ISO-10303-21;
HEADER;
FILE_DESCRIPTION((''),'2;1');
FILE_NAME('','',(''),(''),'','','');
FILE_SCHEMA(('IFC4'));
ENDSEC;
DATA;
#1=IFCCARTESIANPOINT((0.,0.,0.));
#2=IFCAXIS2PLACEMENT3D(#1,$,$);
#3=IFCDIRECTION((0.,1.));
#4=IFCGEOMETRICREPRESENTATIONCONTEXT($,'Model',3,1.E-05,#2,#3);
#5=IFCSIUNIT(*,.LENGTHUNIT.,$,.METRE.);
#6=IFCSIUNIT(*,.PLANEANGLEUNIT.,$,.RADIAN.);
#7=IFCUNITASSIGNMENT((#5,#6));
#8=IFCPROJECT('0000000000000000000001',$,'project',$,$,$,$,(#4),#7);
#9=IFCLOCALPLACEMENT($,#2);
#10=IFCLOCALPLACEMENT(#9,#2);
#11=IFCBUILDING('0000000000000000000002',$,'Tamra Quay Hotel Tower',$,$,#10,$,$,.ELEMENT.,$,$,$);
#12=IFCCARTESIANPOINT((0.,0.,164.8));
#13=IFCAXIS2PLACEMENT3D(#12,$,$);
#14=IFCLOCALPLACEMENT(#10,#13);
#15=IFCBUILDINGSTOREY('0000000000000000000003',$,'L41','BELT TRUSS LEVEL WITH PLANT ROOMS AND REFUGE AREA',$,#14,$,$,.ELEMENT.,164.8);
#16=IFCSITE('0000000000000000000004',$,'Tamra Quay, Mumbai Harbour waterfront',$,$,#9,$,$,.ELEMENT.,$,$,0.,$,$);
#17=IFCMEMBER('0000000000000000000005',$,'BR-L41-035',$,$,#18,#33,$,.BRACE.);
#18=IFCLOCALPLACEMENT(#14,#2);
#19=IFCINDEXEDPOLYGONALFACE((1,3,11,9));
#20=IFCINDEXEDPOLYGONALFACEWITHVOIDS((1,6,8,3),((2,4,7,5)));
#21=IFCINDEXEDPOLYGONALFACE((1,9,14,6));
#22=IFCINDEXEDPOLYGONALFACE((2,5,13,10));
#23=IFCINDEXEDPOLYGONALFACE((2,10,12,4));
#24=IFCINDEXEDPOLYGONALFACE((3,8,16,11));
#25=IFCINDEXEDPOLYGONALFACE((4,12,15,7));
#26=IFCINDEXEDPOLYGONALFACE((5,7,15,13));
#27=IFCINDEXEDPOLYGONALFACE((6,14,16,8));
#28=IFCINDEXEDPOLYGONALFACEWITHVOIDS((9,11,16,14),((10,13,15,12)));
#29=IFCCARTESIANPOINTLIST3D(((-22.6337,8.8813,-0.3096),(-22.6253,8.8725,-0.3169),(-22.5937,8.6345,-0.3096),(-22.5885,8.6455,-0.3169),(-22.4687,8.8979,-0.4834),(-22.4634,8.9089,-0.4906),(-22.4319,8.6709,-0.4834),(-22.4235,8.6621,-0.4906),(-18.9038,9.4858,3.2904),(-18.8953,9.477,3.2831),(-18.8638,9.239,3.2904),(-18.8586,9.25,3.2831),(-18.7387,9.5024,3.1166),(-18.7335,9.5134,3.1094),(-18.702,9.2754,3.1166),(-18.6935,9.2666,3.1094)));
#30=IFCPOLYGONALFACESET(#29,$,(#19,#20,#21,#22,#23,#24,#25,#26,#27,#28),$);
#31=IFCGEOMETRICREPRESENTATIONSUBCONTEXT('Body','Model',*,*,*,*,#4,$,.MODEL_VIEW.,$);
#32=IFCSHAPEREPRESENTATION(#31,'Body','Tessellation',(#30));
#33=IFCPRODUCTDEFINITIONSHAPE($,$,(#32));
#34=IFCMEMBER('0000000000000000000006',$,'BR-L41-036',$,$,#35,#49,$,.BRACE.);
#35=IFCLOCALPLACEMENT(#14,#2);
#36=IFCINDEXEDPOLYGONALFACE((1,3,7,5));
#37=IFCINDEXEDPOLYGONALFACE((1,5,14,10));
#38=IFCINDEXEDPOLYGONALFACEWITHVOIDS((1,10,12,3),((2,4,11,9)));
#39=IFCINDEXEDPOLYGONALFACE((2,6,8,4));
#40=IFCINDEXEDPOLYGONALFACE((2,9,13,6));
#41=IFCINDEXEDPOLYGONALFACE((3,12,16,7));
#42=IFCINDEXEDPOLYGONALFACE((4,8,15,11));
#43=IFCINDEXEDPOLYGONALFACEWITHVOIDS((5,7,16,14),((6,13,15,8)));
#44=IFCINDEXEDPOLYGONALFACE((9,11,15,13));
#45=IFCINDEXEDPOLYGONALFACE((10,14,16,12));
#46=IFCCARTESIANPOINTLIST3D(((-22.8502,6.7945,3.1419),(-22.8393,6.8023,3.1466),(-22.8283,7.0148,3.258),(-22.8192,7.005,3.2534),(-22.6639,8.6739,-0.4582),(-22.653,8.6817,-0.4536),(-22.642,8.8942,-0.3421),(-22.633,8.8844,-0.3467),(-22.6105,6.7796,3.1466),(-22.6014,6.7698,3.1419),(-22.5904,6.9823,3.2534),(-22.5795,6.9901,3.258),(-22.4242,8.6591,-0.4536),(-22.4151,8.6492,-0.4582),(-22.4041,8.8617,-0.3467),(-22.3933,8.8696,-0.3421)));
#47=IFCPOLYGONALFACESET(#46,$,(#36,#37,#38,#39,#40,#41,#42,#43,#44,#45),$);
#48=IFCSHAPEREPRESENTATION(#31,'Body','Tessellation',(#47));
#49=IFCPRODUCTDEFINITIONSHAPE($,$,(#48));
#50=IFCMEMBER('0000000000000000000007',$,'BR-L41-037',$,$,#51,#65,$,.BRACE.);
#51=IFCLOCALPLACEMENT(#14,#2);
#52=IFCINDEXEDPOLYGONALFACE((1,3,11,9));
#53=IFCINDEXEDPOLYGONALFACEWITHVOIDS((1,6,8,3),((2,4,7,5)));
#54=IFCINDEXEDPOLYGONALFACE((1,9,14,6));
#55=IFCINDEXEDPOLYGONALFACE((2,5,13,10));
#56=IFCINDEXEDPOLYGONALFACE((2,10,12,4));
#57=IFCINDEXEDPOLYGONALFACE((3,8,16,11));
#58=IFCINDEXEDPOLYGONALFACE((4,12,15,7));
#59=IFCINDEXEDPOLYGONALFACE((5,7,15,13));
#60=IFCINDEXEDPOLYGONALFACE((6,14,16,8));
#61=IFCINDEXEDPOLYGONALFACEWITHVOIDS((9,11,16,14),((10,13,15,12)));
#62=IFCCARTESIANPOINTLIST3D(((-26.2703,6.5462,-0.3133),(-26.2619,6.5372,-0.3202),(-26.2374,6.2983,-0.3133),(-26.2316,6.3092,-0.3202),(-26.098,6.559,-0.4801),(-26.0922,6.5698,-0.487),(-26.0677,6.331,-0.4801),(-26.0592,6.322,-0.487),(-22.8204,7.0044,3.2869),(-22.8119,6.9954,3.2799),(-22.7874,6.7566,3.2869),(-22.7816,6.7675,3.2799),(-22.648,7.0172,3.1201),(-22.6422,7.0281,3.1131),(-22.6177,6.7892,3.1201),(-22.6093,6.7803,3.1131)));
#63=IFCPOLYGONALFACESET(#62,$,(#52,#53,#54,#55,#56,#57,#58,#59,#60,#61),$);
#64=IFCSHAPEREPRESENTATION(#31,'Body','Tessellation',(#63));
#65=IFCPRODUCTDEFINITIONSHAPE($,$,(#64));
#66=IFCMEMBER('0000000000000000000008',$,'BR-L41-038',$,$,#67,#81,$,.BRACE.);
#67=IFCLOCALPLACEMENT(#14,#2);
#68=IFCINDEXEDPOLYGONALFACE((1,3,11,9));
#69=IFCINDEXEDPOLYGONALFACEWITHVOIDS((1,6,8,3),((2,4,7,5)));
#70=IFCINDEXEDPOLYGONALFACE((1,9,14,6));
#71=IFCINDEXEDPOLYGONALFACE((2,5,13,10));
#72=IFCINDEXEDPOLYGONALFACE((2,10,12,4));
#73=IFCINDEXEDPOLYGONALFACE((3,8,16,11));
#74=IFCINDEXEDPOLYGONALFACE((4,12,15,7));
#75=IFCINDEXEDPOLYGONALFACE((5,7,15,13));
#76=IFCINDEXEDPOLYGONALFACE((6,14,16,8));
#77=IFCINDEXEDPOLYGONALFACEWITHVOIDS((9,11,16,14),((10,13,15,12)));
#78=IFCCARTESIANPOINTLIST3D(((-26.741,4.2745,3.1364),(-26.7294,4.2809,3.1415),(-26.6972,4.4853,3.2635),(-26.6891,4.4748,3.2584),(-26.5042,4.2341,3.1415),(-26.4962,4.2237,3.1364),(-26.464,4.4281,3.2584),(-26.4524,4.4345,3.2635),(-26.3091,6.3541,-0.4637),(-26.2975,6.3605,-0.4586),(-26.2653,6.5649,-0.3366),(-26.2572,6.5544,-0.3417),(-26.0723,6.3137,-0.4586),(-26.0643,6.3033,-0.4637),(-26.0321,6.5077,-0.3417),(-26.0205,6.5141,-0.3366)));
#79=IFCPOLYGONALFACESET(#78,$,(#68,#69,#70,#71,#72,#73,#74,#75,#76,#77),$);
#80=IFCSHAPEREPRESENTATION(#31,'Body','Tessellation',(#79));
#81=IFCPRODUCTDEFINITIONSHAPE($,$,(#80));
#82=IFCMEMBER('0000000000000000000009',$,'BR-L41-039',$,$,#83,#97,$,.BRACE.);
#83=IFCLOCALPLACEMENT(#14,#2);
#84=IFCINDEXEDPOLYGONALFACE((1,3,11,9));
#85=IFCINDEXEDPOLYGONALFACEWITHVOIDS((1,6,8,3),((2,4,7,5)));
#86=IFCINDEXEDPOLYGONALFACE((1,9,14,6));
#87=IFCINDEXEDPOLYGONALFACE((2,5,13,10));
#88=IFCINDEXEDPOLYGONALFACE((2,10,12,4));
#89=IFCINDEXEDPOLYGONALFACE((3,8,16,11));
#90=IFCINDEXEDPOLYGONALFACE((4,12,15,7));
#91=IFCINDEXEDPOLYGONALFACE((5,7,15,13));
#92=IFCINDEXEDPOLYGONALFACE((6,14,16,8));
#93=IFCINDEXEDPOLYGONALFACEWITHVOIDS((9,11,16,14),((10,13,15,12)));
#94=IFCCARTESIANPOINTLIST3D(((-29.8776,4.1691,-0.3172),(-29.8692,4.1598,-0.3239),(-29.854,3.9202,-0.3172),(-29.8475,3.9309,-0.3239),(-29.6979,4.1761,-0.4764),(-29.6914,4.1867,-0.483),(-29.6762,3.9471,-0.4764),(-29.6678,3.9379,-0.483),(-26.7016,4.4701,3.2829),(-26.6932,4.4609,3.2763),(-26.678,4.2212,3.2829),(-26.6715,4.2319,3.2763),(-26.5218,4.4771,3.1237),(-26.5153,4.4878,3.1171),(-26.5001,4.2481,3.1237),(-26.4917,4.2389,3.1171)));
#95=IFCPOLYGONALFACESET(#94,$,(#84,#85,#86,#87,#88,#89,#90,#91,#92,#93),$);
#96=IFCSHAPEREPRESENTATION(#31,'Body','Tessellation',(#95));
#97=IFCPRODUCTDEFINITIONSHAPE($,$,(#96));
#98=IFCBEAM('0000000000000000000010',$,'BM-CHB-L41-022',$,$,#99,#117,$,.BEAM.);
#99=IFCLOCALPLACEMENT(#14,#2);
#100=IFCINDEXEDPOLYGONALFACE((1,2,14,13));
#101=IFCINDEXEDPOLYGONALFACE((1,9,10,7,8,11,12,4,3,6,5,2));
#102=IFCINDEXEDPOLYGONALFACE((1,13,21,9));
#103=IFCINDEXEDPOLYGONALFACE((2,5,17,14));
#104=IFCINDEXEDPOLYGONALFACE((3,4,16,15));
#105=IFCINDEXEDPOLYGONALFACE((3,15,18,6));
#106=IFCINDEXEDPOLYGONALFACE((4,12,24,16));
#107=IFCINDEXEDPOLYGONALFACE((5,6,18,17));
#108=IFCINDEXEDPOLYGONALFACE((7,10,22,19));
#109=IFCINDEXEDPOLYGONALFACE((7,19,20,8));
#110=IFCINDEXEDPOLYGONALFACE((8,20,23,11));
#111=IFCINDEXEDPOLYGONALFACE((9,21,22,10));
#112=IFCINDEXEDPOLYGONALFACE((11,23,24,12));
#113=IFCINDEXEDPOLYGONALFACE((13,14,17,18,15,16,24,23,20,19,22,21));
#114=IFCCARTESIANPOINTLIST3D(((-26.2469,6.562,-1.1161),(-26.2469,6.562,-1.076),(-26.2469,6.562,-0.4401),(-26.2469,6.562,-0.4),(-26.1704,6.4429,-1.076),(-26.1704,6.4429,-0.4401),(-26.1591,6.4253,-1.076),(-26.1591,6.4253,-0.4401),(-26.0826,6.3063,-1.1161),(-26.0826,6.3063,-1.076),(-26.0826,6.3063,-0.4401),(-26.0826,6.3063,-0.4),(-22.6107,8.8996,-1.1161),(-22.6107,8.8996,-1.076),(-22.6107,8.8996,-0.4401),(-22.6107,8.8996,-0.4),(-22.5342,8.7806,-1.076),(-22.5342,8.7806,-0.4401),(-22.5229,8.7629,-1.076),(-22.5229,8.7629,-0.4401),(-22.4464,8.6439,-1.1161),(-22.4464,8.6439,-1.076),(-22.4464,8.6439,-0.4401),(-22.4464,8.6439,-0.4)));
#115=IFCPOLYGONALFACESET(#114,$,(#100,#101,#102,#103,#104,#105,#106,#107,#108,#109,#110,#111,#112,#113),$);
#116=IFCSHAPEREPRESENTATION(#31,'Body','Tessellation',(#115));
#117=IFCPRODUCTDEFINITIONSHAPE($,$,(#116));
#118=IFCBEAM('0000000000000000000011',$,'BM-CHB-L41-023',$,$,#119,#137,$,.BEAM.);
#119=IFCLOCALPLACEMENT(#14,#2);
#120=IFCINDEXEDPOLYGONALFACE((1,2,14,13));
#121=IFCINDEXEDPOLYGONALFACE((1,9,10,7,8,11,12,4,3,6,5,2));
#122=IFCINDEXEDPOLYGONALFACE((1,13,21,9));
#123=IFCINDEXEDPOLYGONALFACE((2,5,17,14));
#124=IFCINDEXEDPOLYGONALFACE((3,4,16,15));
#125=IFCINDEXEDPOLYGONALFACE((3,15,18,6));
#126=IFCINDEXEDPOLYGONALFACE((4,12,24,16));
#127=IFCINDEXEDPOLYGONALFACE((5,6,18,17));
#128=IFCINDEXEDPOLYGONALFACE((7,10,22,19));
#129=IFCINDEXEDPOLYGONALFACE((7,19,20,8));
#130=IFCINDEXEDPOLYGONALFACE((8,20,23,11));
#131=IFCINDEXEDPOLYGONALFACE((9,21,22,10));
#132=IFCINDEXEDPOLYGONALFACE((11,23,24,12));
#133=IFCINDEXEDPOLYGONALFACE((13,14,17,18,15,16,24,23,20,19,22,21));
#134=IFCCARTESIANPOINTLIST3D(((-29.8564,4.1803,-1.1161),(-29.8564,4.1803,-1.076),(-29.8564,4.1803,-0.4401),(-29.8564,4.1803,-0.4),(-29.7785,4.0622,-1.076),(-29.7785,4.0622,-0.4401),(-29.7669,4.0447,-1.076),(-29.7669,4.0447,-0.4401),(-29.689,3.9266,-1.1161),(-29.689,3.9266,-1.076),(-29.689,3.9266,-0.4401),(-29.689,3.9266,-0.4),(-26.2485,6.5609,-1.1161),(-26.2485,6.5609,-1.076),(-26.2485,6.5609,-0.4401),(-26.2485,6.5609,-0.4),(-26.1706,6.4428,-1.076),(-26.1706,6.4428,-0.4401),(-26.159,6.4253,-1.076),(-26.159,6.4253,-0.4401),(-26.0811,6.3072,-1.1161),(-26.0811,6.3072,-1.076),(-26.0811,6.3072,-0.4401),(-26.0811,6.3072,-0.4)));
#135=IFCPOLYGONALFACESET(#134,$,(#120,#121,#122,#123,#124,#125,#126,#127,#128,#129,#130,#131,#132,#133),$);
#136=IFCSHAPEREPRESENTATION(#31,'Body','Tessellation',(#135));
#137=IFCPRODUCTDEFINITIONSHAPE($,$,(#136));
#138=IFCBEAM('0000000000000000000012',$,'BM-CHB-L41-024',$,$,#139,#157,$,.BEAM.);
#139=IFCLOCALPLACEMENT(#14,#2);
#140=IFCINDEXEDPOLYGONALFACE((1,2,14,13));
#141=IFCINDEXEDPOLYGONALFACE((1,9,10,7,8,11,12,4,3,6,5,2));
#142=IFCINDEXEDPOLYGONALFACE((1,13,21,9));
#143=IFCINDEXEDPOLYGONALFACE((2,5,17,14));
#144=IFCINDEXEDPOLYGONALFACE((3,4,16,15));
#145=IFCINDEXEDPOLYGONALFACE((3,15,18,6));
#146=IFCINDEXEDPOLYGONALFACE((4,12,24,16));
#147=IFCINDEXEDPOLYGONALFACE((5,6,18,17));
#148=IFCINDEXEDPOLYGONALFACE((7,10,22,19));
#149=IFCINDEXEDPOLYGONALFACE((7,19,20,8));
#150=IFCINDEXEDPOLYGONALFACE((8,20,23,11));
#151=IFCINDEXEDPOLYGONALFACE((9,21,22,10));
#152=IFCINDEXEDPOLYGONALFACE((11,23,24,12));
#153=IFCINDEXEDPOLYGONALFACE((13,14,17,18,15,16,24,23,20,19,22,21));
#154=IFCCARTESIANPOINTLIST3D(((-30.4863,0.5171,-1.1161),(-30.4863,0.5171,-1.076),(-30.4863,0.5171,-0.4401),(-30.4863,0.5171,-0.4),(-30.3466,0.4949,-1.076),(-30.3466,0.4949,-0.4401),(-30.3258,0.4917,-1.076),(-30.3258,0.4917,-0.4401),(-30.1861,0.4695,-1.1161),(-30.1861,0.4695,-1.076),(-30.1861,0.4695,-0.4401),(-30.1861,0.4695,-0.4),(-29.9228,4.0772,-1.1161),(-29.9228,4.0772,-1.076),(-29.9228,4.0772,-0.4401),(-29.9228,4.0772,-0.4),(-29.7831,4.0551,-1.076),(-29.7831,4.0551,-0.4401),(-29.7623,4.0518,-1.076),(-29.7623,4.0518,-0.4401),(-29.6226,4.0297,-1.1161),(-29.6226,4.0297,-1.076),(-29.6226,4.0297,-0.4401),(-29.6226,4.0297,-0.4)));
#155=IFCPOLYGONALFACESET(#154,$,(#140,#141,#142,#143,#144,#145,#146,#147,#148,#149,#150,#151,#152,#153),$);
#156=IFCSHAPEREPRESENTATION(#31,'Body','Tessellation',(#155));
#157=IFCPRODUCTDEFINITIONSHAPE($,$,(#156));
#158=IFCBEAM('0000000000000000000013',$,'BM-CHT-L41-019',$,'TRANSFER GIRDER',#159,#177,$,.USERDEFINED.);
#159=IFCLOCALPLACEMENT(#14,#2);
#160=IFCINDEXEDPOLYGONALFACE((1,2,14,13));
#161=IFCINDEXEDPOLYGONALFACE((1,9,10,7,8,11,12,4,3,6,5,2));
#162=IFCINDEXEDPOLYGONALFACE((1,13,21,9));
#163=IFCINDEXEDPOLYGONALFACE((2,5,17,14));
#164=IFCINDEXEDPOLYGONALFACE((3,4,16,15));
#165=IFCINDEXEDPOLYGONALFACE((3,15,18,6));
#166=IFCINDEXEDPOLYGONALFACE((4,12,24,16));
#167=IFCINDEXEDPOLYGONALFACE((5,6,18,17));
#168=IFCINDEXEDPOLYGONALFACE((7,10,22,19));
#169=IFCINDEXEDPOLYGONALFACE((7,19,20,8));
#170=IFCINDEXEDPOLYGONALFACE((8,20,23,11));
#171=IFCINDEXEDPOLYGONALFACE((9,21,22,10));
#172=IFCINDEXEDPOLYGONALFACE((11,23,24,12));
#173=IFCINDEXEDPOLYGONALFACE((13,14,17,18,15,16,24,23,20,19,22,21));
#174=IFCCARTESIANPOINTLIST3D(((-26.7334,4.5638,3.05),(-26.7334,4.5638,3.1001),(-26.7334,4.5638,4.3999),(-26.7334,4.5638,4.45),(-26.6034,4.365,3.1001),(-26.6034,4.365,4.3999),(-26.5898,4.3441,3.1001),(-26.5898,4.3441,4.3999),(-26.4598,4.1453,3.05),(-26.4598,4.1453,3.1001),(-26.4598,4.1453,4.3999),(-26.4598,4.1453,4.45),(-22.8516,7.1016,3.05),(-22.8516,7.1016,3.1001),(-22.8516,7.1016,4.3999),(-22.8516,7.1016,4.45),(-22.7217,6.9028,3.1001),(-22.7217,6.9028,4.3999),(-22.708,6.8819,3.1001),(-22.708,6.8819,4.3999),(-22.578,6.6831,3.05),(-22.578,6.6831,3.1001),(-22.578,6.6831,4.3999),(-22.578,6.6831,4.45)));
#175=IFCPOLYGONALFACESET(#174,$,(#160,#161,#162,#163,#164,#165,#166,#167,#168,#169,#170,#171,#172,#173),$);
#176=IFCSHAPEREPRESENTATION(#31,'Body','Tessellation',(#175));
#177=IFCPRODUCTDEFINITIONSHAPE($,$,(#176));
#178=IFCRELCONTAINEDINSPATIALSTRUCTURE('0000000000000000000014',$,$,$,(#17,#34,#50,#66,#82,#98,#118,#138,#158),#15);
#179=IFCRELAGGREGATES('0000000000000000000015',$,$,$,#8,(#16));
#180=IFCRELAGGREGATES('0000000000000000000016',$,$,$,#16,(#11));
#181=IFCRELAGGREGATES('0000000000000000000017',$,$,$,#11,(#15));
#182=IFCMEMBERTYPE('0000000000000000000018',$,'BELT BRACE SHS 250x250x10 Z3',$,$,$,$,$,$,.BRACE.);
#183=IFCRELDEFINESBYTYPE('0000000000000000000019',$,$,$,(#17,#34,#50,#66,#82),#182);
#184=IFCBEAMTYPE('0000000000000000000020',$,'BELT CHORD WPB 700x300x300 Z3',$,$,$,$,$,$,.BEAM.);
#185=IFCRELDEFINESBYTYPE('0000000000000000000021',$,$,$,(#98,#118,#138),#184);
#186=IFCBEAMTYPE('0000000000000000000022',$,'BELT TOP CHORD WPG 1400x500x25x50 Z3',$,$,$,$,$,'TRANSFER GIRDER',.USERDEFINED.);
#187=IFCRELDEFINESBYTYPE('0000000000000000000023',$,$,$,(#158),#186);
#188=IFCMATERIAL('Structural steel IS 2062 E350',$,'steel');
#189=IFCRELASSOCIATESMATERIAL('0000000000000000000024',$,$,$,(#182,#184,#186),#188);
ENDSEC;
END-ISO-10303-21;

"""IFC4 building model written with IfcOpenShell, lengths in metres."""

from ifc_helpers import new_model, si_unit, direction, frame, origin, origin_2d, place, context, subcontext, project, spatial, hollow_rectangle, i_section, extrude, material, material_profile, profile_set, type_object, element, save


model = new_model("IFC4")

# Units and contexts
model_context = context("Model", 3, precision=1e-05, world=origin(), true_north=direction((0.0, 1.0)))
body_context = subcontext(model_context, "Body", "Model", "MODEL_VIEW")
ifc_project = project(units=[si_unit("LENGTHUNIT", "METRE"), si_unit("PLANEANGLEUNIT", "RADIAN")], contexts=[model_context])

# Site, building, storey
site_placement = place(None, origin())
site = spatial("IfcSite", under=ifc_project, at=site_placement, Name="Tamra Quay, Mumbai Harbour waterfront", CompositionType="ELEMENT", RefElevation=0.0)
building_placement = place(site_placement, origin())
building = spatial("IfcBuilding", under=site, at=building_placement, Name="Tamra Quay Hotel Tower", CompositionType="ELEMENT")
storey_placement = place(building_placement, frame((0.0, 0.0, 164.8)))
storey = spatial("IfcBuildingStorey", under=building, at=storey_placement, Name="L41", Description="BELT TRUSS LEVEL WITH PLANT ROOMS AND REFUGE AREA", CompositionType="ELEMENT", Elevation=164.8)

# Members
ifc_material_1 = material(Name="Structural steel IS 2062 E350", Category="steel")
ifc_material_profile_1 = material_profile(ifc_material_1, hollow_rectangle(XDim=0.25, YDim=0.25, WallThickness=0.01, at=origin_2d()), Name="SHS 250x250x10")
ifc_profile_set_1 = profile_set([ifc_material_profile_1], Name="Structural steel IS 2062 E350")
member_type = type_object("IfcMemberType", Name="BELT BRACE SHS 250x250x10 Z3", PredefinedType="BRACE", material=ifc_profile_set_1)
member_1_placement = place(storey_placement, frame((-22.5286, 8.7717, -0.4001), z_axis=(0.714681, 0.115823, 0.689795), x_axis=(-0.159976, 0.987121, 0.0)))
element("IfcMember", 1, at=member_1_placement, inside=storey, type_object=member_type, Name="BR-L41-035", PredefinedType="BRACE", context=body_context, shape_type="SweptSolid", body=[
    extrude(hollow_rectangle(XDim=0.25, YDim=0.25, WallThickness=0.01, at=origin_2d()), origin(), (0.0, 0.0, 1.0), 5.219),
])
member_2_placement = place(storey_placement, frame((-22.5286, 8.7717, -0.4001), z_axis=(-0.045821, -0.462289, 0.885544), x_axis=(0.995124, -0.098633, 0.0)))
element("IfcMember", 2, at=member_2_placement, inside=storey, type_object=member_type, Name="BR-L41-036", PredefinedType="BRACE", context=body_context, shape_type="SweptSolid", body=[
    extrude(hollow_rectangle(XDim=0.25, YDim=0.25, WallThickness=0.01, at=origin_2d()), origin(), (0.0, 0.0, 1.0), 4.0654),
])
member_3_placement = place(storey_placement, frame((-26.1648, 6.4341, -0.4001), z_axis=(0.688987, 0.091517, 0.718973), x_axis=(-0.131672, 0.991293, 0.0)))
element("IfcMember", 3, at=member_3_placement, inside=storey, type_object=member_type, Name="BR-L41-037", PredefinedType="BRACE", context=body_context, shape_type="SweptSolid", body=[
    extrude(hollow_rectangle(XDim=0.25, YDim=0.25, WallThickness=0.01, at=origin_2d()), origin(), (0.0, 0.0, 1.0), 5.0073),
])
member_4_placement = place(storey_placement, frame((-26.1648, 6.4341, -0.4001), z_axis=(-0.103323, -0.497516, 0.861279), x_axis=(0.979108, -0.203339, 0.0)))
element("IfcMember", 4, at=member_4_placement, inside=storey, type_object=member_type, Name="BR-L41-038", PredefinedType="BRACE", context=body_context, shape_type="SweptSolid", body=[
    extrude(hollow_rectangle(XDim=0.25, YDim=0.25, WallThickness=0.01, at=origin_2d()), origin(), (0.0, 0.0, 1.0), 4.1799),
])
member_5_placement = place(storey_placement, frame((-29.7727, 4.0535, -0.4001), z_axis=(0.660263, 0.06258, 0.748423), x_axis=(-0.094358, 0.995538, 0.0)))
element("IfcMember", 5, at=member_5_placement, inside=storey, type_object=member_type, Name="BR-L41-039", PredefinedType="BRACE", context=body_context, shape_type="SweptSolid", body=[
    extrude(hollow_rectangle(XDim=0.25, YDim=0.25, WallThickness=0.01, at=origin_2d()), origin(), (0.0, 0.0, 1.0), 4.8103),
])

# Beams
ifc_material_profile_2 = material_profile(ifc_material_1, i_section(OverallWidth=0.304, OverallDepth=0.7161, WebThickness=0.021, FlangeThickness=0.04, at=origin_2d()), Name="WPB 700x300x300")
ifc_profile_set_2 = profile_set([ifc_material_profile_2], Name="Structural steel IS 2062 E350")
beam_type_1 = type_object("IfcBeamType", Name="BELT CHORD WPB 700x300x300 Z3", PredefinedType="BEAM", material=ifc_profile_set_2)
beam_1_placement = place(storey_placement, frame((-22.5286, 8.7717, -0.7581), z_axis=(-0.841171, -0.540769, 0.0), x_axis=(0.540769, -0.841171, 0.0)))
element("IfcBeam", 6, at=beam_1_placement, inside=storey, type_object=beam_type_1, Name="BM-CHB-L41-022", PredefinedType="BEAM", context=body_context, shape_type="SweptSolid", body=[
    extrude(i_section(OverallWidth=0.304, OverallDepth=0.7161, WebThickness=0.021, FlangeThickness=0.04, at=origin_2d()), origin(), (0.0, 0.0, 1.0), 4.3228),
])
beam_2_placement = place(storey_placement, frame((-26.1648, 6.4341, -0.7581), z_axis=(-0.834674, -0.550745, 0.0), x_axis=(0.550745, -0.834674, 0.0)))
element("IfcBeam", 7, at=beam_2_placement, inside=storey, type_object=beam_type_1, Name="BM-CHB-L41-023", PredefinedType="BEAM", context=body_context, shape_type="SweptSolid", body=[
    extrude(i_section(OverallWidth=0.304, OverallDepth=0.7161, WebThickness=0.021, FlangeThickness=0.04, at=origin_2d()), origin(), (0.0, 0.0, 1.0), 4.3225),
])
beam_3_placement = place(storey_placement, frame((-29.7727, 4.0535, -0.7581), z_axis=(-0.156331, -0.987705, 0.0), x_axis=(0.987705, -0.156331, 0.0)))
element("IfcBeam", 8, at=beam_3_placement, inside=storey, type_object=beam_type_1, Name="BM-CHB-L41-024", PredefinedType="BEAM", context=body_context, shape_type="SweptSolid", body=[
    extrude(i_section(OverallWidth=0.304, OverallDepth=0.7161, WebThickness=0.021, FlangeThickness=0.04, at=origin_2d()), origin(), (0.0, 0.0, 1.0), 3.6045),
])
ifc_material_profile_3 = material_profile(ifc_material_1, i_section(OverallWidth=0.5, OverallDepth=1.3999, WebThickness=0.0249, FlangeThickness=0.05, at=origin_2d()), Name="WPG 1400x500x25x50")
ifc_profile_set_3 = profile_set([ifc_material_profile_3], Name="Structural steel IS 2062 E350")
beam_type_2 = type_object("IfcBeamType", Name="BELT TOP CHORD WPG 1400x500x25x50 Z3", ElementType="TRANSFER GIRDER", PredefinedType="USERDEFINED", material=ifc_profile_set_3)
beam_4_placement = place(storey_placement, frame((-22.7148, 6.8923, 3.75), z_axis=(-0.836997, -0.547207, 0.0), x_axis=(0.547207, -0.836997, 0.0)))
element("IfcBeam", 9, at=beam_4_placement, inside=storey, type_object=beam_type_2, Name="BM-CHT-L41-019", ObjectType="TRANSFER GIRDER", PredefinedType="USERDEFINED", context=body_context, shape_type="SweptSolid", body=[
    extrude(i_section(OverallWidth=0.5, OverallDepth=1.3999, WebThickness=0.0249, FlangeThickness=0.05, at=origin_2d()), origin(), (0.0, 0.0, 1.0), 4.6377),
])

save(model, "model.ifc")
